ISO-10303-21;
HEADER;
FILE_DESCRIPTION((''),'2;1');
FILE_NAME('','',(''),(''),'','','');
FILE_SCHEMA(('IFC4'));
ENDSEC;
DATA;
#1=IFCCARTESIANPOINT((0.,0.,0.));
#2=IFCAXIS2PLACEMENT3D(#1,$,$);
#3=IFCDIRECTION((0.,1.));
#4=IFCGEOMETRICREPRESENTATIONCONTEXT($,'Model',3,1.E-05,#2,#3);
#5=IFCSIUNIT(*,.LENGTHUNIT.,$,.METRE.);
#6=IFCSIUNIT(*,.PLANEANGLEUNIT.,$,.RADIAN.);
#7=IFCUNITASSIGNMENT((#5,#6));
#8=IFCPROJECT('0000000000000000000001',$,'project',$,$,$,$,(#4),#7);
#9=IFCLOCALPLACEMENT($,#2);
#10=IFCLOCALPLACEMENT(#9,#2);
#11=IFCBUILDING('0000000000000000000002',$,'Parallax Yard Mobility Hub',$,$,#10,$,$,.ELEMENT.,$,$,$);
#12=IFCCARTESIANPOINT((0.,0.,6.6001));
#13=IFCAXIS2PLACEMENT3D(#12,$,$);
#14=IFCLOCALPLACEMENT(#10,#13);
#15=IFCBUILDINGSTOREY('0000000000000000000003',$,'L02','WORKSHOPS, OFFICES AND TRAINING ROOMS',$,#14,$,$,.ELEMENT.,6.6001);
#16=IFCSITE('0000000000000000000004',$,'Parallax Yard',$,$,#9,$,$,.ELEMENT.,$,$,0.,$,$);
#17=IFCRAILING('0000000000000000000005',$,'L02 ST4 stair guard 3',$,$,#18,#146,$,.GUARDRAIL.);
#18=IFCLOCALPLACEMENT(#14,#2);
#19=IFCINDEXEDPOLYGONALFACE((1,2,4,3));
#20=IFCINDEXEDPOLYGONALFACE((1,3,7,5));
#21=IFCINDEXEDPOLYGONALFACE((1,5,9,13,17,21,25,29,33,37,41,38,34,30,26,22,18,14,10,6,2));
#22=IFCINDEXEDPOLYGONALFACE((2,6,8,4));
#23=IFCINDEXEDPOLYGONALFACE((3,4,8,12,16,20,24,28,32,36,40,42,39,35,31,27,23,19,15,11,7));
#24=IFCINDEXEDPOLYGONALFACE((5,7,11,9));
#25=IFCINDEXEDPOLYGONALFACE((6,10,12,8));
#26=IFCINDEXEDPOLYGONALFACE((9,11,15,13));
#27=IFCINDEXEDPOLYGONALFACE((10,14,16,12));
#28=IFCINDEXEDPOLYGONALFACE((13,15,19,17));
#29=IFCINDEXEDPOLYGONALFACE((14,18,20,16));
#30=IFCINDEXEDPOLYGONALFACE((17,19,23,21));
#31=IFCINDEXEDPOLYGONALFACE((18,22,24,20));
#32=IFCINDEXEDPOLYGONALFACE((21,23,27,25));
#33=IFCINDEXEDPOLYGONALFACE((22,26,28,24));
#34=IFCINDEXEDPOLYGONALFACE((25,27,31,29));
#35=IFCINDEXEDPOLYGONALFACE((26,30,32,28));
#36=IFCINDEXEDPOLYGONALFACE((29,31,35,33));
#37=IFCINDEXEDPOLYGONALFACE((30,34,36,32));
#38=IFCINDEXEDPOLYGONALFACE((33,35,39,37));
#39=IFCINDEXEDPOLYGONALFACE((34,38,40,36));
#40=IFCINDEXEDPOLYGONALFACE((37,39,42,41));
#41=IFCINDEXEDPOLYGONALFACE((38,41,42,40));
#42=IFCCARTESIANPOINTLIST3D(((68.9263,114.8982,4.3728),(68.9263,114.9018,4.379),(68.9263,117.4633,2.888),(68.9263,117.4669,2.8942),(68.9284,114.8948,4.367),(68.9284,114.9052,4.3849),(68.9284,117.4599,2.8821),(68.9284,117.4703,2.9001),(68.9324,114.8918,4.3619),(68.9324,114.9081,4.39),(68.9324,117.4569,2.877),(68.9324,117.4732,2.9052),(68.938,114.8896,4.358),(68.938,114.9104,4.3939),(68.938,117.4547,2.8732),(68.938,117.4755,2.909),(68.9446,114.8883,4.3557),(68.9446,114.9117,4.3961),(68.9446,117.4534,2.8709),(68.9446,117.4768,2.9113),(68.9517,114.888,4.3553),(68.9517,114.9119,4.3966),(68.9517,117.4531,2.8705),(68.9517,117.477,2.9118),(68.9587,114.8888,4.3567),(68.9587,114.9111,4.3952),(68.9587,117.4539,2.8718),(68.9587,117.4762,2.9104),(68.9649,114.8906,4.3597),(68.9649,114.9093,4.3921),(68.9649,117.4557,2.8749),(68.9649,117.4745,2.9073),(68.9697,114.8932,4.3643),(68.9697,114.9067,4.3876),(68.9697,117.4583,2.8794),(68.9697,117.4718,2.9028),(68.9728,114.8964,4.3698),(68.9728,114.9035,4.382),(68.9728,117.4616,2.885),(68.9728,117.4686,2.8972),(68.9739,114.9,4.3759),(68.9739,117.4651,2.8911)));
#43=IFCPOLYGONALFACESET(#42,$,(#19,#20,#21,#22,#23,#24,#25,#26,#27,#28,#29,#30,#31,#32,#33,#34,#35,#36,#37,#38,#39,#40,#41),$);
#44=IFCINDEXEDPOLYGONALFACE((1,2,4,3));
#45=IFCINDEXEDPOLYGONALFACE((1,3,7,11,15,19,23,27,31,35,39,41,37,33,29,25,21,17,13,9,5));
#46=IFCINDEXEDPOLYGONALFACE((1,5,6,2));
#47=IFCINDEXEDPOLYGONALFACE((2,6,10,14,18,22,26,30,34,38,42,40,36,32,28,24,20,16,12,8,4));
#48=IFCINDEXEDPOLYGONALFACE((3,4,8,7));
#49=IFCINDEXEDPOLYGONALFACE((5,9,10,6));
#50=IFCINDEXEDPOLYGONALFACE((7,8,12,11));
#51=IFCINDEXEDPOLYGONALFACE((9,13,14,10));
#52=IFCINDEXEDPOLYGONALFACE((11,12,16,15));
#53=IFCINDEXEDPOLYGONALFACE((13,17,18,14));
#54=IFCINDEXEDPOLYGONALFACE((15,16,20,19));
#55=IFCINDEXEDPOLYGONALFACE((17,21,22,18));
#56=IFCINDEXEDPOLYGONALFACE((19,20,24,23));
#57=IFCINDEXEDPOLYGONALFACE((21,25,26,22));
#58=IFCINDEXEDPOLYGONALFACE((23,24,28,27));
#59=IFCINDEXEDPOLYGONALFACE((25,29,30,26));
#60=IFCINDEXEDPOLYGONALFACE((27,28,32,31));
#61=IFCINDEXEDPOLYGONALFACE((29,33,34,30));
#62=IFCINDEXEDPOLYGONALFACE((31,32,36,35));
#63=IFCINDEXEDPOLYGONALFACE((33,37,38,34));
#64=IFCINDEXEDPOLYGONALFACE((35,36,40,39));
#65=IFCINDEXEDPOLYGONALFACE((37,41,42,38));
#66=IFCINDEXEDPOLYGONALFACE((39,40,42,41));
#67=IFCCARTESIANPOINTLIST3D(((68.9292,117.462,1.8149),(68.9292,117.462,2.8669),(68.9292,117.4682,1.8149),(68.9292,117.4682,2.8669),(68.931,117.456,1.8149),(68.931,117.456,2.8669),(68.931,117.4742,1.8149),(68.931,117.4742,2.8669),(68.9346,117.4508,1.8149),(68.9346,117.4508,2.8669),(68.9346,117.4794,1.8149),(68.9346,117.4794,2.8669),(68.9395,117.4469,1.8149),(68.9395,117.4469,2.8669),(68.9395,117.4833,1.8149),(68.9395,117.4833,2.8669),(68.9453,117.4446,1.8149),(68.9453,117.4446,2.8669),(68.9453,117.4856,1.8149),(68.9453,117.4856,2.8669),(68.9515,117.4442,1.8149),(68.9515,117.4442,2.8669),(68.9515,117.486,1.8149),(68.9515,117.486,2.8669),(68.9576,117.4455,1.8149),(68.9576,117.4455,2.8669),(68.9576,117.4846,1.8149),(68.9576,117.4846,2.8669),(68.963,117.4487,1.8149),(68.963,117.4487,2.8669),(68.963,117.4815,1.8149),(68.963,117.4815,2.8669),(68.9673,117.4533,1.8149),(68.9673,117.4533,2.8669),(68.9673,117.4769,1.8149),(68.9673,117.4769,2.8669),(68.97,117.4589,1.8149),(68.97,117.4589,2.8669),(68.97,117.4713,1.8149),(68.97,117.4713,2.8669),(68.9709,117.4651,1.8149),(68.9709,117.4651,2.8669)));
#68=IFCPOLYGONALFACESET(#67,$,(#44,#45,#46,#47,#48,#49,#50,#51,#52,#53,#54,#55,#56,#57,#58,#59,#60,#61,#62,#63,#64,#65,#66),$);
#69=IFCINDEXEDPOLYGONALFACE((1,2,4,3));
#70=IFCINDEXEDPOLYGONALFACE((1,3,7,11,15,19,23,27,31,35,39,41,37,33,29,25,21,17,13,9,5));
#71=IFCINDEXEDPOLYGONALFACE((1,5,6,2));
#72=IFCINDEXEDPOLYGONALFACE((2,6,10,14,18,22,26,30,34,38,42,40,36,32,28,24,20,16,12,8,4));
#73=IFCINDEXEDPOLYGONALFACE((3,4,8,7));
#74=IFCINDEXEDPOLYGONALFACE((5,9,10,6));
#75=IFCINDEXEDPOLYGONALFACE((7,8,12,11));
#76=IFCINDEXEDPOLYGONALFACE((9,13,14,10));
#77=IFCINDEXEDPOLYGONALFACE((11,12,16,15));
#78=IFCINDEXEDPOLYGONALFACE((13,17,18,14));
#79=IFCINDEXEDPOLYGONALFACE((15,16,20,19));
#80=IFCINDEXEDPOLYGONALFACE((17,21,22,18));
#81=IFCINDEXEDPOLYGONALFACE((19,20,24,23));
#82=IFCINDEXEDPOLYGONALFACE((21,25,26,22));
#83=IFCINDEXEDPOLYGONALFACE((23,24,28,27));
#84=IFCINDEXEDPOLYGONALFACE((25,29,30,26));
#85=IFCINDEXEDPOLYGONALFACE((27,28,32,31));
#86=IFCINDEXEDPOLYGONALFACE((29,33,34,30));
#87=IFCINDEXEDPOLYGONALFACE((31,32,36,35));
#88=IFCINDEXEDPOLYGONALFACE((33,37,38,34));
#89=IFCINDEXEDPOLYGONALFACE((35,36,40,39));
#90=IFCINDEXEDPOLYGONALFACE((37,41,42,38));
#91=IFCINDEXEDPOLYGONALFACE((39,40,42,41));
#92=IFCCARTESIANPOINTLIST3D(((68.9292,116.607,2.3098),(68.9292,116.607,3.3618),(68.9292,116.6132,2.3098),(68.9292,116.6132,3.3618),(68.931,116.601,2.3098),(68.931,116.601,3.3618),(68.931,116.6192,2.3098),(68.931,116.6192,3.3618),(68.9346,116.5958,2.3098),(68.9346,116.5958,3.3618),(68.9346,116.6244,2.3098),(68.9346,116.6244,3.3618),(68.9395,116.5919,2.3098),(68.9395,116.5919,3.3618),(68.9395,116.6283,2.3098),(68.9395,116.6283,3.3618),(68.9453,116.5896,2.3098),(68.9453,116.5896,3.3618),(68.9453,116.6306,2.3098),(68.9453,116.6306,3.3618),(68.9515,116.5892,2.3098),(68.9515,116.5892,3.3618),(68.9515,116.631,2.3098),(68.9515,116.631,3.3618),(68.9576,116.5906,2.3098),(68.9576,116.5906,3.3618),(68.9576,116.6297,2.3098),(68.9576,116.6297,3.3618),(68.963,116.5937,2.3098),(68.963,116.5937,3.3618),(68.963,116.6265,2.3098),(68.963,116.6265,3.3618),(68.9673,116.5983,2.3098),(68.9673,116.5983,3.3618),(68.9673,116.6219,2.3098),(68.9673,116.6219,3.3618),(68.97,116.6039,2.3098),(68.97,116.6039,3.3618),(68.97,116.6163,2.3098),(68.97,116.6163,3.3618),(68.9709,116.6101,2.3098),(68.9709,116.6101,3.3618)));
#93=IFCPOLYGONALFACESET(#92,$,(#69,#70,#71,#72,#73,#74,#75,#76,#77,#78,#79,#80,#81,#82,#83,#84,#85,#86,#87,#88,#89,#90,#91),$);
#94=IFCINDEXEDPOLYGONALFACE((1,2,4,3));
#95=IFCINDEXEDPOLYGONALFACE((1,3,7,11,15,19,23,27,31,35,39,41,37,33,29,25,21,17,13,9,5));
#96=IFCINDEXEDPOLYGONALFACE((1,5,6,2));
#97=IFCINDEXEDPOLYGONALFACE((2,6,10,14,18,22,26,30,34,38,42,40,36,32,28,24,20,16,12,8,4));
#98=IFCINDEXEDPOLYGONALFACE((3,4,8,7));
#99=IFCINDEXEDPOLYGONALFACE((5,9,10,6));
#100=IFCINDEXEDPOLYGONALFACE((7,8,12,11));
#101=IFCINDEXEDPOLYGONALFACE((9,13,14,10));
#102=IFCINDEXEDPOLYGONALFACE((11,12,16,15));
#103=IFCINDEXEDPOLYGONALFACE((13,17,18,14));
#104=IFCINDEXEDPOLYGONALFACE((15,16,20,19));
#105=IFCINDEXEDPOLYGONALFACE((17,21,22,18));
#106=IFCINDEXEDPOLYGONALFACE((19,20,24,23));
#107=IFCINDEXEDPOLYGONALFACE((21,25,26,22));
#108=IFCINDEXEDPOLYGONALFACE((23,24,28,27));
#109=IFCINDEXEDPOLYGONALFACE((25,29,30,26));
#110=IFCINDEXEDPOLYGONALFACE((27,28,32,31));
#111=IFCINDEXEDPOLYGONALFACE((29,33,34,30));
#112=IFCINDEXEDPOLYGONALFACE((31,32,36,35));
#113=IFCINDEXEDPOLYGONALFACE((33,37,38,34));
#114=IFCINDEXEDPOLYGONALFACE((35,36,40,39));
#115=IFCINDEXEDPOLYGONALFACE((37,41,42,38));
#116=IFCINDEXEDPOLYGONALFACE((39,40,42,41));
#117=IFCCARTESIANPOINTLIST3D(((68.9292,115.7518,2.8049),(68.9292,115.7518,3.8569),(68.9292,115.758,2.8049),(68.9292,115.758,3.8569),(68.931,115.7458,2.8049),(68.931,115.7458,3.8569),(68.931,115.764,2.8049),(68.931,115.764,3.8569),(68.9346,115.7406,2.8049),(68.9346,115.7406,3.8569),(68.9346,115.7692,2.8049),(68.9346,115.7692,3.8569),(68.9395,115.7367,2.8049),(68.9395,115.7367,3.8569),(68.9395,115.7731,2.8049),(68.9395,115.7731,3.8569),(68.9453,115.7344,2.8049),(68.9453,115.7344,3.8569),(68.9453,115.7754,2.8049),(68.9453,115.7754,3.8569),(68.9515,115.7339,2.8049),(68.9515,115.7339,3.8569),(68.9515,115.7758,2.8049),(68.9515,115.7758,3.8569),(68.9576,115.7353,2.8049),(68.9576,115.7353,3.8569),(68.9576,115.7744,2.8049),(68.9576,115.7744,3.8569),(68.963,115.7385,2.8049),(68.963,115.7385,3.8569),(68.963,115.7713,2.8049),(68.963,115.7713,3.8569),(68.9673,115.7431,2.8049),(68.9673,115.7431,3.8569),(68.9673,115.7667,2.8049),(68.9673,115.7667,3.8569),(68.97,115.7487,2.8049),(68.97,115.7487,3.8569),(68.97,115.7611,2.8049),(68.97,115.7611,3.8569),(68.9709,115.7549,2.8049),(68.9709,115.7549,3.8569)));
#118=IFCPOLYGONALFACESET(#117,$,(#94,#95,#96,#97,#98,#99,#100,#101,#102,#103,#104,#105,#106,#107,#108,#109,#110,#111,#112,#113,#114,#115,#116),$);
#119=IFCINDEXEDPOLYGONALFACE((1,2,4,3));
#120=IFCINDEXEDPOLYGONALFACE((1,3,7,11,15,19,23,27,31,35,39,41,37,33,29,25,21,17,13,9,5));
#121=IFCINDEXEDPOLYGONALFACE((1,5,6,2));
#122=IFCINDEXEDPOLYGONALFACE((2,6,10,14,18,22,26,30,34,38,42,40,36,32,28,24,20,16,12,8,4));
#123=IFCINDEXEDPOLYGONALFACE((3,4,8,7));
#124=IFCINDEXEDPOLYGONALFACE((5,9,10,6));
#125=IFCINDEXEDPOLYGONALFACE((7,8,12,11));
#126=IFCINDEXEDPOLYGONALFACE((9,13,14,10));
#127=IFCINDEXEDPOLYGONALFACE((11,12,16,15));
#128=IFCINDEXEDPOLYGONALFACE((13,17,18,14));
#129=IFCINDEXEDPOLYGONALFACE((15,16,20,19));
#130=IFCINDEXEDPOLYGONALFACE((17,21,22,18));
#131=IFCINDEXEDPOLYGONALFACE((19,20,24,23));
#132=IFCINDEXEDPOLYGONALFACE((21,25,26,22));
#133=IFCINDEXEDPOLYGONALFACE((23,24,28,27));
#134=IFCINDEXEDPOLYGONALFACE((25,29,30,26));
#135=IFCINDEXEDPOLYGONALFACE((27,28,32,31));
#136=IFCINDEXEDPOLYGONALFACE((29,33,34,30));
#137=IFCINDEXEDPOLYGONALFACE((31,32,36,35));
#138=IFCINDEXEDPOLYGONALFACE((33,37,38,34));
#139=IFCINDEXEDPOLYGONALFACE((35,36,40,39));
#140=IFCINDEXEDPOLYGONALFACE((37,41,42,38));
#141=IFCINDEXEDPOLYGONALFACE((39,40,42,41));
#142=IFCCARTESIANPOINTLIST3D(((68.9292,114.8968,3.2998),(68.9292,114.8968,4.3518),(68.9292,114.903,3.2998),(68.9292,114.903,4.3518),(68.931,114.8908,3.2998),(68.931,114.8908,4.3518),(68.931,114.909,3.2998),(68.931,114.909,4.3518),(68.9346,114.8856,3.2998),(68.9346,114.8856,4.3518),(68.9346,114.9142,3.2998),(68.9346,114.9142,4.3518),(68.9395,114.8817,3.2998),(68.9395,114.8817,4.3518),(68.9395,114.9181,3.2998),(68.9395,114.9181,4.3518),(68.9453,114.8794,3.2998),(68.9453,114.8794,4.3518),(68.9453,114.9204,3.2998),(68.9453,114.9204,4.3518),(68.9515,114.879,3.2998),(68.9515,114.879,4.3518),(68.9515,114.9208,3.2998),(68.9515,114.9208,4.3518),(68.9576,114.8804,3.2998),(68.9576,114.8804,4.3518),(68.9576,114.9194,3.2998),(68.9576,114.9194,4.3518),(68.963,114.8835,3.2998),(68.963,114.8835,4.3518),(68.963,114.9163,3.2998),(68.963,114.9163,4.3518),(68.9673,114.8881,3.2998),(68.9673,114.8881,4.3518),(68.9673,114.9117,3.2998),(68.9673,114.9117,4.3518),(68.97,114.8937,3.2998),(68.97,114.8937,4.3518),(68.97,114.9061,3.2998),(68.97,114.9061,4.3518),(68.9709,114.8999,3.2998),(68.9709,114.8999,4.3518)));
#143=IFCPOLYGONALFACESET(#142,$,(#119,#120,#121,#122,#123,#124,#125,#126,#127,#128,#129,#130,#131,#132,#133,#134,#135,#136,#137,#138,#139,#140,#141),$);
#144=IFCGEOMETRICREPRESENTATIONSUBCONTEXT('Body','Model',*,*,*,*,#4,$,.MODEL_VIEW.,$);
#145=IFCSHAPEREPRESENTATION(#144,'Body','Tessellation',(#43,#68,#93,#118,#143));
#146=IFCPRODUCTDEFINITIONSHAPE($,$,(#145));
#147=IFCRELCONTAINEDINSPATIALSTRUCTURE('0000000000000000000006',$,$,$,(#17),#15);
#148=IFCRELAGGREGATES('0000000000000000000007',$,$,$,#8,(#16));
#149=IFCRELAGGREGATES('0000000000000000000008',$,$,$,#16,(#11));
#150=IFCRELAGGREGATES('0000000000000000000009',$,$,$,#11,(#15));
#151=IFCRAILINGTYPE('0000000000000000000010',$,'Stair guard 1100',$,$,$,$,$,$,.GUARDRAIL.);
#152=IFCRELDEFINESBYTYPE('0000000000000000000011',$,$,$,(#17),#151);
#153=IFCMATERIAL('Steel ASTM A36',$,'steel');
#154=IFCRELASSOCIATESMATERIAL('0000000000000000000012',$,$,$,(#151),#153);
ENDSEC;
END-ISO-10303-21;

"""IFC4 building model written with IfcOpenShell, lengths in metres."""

from ifc_helpers import new_model, si_unit, direction, frame, origin, origin_2d, place, context, subcontext, project, spatial, circle, extrude, material, type_object, element, save


model = new_model("IFC4")

# Units and contexts
model_context = context("Model", 3, precision=1e-05, world=origin(), true_north=direction((0.0, 1.0)))
body_context = subcontext(model_context, "Body", "Model", "MODEL_VIEW")
ifc_project = project(units=[si_unit("LENGTHUNIT", "METRE"), si_unit("PLANEANGLEUNIT", "RADIAN")], contexts=[model_context])

# Site, building, storey
site_placement = place(None, origin())
site = spatial("IfcSite", under=ifc_project, at=site_placement, Name="Parallax Yard", CompositionType="ELEMENT", RefElevation=0.0)
building_placement = place(site_placement, origin())
building = spatial("IfcBuilding", under=site, at=building_placement, Name="Parallax Yard Mobility Hub", CompositionType="ELEMENT")
storey_placement = place(building_placement, frame((0.0, 0.0, 6.6001)))
storey = spatial("IfcBuildingStorey", under=building, at=storey_placement, Name="L02", Description="WORKSHOPS, OFFICES AND TRAINING ROOMS", CompositionType="ELEMENT", Elevation=6.6001)

# Railing
ifc_material_1 = material(Name="Steel ASTM A36", Category="steel")
railing_type_1 = type_object("IfcRailingType", Name="Stair guard 1100", PredefinedType="GUARDRAIL", material=ifc_material_1)
railing_1_placement = place(storey_placement, frame((68.95, 117.4651, 1.8149)))
element("IfcRailing", 1, at=railing_1_placement, inside=storey, type_object=railing_type_1, Name="L02 ST4 stair guard 3", PredefinedType="GUARDRAIL", context=body_context, shape_type="SweptSolid", body=[
    extrude(circle(Radius=0.0239, at=origin_2d()), frame((0.0, 0.0, 1.0762), z_axis=(0.0, -0.865462, 0.500975), x_axis=(1.0, 0.0, 0.0)), (0.0, 0.0, 1.0), 2.9639),
    extrude(circle(Radius=0.021, at=origin_2d()), origin(), (0.0, 0.0, 1.0), 1.052),
    extrude(circle(Radius=0.021, at=origin_2d()), frame((0.0, -0.855, 0.4949)), (0.0, 0.0, 1.0), 1.052),
    extrude(circle(Radius=0.021, at=origin_2d()), frame((0.0, -1.7102, 0.99)), (0.0, 0.0, 1.0), 1.052),
    extrude(circle(Radius=0.021, at=origin_2d()), frame((0.0, -2.5652, 1.4849)), (0.0, 0.0, 1.0), 1.052),
])

save(model, "model.ifc")
